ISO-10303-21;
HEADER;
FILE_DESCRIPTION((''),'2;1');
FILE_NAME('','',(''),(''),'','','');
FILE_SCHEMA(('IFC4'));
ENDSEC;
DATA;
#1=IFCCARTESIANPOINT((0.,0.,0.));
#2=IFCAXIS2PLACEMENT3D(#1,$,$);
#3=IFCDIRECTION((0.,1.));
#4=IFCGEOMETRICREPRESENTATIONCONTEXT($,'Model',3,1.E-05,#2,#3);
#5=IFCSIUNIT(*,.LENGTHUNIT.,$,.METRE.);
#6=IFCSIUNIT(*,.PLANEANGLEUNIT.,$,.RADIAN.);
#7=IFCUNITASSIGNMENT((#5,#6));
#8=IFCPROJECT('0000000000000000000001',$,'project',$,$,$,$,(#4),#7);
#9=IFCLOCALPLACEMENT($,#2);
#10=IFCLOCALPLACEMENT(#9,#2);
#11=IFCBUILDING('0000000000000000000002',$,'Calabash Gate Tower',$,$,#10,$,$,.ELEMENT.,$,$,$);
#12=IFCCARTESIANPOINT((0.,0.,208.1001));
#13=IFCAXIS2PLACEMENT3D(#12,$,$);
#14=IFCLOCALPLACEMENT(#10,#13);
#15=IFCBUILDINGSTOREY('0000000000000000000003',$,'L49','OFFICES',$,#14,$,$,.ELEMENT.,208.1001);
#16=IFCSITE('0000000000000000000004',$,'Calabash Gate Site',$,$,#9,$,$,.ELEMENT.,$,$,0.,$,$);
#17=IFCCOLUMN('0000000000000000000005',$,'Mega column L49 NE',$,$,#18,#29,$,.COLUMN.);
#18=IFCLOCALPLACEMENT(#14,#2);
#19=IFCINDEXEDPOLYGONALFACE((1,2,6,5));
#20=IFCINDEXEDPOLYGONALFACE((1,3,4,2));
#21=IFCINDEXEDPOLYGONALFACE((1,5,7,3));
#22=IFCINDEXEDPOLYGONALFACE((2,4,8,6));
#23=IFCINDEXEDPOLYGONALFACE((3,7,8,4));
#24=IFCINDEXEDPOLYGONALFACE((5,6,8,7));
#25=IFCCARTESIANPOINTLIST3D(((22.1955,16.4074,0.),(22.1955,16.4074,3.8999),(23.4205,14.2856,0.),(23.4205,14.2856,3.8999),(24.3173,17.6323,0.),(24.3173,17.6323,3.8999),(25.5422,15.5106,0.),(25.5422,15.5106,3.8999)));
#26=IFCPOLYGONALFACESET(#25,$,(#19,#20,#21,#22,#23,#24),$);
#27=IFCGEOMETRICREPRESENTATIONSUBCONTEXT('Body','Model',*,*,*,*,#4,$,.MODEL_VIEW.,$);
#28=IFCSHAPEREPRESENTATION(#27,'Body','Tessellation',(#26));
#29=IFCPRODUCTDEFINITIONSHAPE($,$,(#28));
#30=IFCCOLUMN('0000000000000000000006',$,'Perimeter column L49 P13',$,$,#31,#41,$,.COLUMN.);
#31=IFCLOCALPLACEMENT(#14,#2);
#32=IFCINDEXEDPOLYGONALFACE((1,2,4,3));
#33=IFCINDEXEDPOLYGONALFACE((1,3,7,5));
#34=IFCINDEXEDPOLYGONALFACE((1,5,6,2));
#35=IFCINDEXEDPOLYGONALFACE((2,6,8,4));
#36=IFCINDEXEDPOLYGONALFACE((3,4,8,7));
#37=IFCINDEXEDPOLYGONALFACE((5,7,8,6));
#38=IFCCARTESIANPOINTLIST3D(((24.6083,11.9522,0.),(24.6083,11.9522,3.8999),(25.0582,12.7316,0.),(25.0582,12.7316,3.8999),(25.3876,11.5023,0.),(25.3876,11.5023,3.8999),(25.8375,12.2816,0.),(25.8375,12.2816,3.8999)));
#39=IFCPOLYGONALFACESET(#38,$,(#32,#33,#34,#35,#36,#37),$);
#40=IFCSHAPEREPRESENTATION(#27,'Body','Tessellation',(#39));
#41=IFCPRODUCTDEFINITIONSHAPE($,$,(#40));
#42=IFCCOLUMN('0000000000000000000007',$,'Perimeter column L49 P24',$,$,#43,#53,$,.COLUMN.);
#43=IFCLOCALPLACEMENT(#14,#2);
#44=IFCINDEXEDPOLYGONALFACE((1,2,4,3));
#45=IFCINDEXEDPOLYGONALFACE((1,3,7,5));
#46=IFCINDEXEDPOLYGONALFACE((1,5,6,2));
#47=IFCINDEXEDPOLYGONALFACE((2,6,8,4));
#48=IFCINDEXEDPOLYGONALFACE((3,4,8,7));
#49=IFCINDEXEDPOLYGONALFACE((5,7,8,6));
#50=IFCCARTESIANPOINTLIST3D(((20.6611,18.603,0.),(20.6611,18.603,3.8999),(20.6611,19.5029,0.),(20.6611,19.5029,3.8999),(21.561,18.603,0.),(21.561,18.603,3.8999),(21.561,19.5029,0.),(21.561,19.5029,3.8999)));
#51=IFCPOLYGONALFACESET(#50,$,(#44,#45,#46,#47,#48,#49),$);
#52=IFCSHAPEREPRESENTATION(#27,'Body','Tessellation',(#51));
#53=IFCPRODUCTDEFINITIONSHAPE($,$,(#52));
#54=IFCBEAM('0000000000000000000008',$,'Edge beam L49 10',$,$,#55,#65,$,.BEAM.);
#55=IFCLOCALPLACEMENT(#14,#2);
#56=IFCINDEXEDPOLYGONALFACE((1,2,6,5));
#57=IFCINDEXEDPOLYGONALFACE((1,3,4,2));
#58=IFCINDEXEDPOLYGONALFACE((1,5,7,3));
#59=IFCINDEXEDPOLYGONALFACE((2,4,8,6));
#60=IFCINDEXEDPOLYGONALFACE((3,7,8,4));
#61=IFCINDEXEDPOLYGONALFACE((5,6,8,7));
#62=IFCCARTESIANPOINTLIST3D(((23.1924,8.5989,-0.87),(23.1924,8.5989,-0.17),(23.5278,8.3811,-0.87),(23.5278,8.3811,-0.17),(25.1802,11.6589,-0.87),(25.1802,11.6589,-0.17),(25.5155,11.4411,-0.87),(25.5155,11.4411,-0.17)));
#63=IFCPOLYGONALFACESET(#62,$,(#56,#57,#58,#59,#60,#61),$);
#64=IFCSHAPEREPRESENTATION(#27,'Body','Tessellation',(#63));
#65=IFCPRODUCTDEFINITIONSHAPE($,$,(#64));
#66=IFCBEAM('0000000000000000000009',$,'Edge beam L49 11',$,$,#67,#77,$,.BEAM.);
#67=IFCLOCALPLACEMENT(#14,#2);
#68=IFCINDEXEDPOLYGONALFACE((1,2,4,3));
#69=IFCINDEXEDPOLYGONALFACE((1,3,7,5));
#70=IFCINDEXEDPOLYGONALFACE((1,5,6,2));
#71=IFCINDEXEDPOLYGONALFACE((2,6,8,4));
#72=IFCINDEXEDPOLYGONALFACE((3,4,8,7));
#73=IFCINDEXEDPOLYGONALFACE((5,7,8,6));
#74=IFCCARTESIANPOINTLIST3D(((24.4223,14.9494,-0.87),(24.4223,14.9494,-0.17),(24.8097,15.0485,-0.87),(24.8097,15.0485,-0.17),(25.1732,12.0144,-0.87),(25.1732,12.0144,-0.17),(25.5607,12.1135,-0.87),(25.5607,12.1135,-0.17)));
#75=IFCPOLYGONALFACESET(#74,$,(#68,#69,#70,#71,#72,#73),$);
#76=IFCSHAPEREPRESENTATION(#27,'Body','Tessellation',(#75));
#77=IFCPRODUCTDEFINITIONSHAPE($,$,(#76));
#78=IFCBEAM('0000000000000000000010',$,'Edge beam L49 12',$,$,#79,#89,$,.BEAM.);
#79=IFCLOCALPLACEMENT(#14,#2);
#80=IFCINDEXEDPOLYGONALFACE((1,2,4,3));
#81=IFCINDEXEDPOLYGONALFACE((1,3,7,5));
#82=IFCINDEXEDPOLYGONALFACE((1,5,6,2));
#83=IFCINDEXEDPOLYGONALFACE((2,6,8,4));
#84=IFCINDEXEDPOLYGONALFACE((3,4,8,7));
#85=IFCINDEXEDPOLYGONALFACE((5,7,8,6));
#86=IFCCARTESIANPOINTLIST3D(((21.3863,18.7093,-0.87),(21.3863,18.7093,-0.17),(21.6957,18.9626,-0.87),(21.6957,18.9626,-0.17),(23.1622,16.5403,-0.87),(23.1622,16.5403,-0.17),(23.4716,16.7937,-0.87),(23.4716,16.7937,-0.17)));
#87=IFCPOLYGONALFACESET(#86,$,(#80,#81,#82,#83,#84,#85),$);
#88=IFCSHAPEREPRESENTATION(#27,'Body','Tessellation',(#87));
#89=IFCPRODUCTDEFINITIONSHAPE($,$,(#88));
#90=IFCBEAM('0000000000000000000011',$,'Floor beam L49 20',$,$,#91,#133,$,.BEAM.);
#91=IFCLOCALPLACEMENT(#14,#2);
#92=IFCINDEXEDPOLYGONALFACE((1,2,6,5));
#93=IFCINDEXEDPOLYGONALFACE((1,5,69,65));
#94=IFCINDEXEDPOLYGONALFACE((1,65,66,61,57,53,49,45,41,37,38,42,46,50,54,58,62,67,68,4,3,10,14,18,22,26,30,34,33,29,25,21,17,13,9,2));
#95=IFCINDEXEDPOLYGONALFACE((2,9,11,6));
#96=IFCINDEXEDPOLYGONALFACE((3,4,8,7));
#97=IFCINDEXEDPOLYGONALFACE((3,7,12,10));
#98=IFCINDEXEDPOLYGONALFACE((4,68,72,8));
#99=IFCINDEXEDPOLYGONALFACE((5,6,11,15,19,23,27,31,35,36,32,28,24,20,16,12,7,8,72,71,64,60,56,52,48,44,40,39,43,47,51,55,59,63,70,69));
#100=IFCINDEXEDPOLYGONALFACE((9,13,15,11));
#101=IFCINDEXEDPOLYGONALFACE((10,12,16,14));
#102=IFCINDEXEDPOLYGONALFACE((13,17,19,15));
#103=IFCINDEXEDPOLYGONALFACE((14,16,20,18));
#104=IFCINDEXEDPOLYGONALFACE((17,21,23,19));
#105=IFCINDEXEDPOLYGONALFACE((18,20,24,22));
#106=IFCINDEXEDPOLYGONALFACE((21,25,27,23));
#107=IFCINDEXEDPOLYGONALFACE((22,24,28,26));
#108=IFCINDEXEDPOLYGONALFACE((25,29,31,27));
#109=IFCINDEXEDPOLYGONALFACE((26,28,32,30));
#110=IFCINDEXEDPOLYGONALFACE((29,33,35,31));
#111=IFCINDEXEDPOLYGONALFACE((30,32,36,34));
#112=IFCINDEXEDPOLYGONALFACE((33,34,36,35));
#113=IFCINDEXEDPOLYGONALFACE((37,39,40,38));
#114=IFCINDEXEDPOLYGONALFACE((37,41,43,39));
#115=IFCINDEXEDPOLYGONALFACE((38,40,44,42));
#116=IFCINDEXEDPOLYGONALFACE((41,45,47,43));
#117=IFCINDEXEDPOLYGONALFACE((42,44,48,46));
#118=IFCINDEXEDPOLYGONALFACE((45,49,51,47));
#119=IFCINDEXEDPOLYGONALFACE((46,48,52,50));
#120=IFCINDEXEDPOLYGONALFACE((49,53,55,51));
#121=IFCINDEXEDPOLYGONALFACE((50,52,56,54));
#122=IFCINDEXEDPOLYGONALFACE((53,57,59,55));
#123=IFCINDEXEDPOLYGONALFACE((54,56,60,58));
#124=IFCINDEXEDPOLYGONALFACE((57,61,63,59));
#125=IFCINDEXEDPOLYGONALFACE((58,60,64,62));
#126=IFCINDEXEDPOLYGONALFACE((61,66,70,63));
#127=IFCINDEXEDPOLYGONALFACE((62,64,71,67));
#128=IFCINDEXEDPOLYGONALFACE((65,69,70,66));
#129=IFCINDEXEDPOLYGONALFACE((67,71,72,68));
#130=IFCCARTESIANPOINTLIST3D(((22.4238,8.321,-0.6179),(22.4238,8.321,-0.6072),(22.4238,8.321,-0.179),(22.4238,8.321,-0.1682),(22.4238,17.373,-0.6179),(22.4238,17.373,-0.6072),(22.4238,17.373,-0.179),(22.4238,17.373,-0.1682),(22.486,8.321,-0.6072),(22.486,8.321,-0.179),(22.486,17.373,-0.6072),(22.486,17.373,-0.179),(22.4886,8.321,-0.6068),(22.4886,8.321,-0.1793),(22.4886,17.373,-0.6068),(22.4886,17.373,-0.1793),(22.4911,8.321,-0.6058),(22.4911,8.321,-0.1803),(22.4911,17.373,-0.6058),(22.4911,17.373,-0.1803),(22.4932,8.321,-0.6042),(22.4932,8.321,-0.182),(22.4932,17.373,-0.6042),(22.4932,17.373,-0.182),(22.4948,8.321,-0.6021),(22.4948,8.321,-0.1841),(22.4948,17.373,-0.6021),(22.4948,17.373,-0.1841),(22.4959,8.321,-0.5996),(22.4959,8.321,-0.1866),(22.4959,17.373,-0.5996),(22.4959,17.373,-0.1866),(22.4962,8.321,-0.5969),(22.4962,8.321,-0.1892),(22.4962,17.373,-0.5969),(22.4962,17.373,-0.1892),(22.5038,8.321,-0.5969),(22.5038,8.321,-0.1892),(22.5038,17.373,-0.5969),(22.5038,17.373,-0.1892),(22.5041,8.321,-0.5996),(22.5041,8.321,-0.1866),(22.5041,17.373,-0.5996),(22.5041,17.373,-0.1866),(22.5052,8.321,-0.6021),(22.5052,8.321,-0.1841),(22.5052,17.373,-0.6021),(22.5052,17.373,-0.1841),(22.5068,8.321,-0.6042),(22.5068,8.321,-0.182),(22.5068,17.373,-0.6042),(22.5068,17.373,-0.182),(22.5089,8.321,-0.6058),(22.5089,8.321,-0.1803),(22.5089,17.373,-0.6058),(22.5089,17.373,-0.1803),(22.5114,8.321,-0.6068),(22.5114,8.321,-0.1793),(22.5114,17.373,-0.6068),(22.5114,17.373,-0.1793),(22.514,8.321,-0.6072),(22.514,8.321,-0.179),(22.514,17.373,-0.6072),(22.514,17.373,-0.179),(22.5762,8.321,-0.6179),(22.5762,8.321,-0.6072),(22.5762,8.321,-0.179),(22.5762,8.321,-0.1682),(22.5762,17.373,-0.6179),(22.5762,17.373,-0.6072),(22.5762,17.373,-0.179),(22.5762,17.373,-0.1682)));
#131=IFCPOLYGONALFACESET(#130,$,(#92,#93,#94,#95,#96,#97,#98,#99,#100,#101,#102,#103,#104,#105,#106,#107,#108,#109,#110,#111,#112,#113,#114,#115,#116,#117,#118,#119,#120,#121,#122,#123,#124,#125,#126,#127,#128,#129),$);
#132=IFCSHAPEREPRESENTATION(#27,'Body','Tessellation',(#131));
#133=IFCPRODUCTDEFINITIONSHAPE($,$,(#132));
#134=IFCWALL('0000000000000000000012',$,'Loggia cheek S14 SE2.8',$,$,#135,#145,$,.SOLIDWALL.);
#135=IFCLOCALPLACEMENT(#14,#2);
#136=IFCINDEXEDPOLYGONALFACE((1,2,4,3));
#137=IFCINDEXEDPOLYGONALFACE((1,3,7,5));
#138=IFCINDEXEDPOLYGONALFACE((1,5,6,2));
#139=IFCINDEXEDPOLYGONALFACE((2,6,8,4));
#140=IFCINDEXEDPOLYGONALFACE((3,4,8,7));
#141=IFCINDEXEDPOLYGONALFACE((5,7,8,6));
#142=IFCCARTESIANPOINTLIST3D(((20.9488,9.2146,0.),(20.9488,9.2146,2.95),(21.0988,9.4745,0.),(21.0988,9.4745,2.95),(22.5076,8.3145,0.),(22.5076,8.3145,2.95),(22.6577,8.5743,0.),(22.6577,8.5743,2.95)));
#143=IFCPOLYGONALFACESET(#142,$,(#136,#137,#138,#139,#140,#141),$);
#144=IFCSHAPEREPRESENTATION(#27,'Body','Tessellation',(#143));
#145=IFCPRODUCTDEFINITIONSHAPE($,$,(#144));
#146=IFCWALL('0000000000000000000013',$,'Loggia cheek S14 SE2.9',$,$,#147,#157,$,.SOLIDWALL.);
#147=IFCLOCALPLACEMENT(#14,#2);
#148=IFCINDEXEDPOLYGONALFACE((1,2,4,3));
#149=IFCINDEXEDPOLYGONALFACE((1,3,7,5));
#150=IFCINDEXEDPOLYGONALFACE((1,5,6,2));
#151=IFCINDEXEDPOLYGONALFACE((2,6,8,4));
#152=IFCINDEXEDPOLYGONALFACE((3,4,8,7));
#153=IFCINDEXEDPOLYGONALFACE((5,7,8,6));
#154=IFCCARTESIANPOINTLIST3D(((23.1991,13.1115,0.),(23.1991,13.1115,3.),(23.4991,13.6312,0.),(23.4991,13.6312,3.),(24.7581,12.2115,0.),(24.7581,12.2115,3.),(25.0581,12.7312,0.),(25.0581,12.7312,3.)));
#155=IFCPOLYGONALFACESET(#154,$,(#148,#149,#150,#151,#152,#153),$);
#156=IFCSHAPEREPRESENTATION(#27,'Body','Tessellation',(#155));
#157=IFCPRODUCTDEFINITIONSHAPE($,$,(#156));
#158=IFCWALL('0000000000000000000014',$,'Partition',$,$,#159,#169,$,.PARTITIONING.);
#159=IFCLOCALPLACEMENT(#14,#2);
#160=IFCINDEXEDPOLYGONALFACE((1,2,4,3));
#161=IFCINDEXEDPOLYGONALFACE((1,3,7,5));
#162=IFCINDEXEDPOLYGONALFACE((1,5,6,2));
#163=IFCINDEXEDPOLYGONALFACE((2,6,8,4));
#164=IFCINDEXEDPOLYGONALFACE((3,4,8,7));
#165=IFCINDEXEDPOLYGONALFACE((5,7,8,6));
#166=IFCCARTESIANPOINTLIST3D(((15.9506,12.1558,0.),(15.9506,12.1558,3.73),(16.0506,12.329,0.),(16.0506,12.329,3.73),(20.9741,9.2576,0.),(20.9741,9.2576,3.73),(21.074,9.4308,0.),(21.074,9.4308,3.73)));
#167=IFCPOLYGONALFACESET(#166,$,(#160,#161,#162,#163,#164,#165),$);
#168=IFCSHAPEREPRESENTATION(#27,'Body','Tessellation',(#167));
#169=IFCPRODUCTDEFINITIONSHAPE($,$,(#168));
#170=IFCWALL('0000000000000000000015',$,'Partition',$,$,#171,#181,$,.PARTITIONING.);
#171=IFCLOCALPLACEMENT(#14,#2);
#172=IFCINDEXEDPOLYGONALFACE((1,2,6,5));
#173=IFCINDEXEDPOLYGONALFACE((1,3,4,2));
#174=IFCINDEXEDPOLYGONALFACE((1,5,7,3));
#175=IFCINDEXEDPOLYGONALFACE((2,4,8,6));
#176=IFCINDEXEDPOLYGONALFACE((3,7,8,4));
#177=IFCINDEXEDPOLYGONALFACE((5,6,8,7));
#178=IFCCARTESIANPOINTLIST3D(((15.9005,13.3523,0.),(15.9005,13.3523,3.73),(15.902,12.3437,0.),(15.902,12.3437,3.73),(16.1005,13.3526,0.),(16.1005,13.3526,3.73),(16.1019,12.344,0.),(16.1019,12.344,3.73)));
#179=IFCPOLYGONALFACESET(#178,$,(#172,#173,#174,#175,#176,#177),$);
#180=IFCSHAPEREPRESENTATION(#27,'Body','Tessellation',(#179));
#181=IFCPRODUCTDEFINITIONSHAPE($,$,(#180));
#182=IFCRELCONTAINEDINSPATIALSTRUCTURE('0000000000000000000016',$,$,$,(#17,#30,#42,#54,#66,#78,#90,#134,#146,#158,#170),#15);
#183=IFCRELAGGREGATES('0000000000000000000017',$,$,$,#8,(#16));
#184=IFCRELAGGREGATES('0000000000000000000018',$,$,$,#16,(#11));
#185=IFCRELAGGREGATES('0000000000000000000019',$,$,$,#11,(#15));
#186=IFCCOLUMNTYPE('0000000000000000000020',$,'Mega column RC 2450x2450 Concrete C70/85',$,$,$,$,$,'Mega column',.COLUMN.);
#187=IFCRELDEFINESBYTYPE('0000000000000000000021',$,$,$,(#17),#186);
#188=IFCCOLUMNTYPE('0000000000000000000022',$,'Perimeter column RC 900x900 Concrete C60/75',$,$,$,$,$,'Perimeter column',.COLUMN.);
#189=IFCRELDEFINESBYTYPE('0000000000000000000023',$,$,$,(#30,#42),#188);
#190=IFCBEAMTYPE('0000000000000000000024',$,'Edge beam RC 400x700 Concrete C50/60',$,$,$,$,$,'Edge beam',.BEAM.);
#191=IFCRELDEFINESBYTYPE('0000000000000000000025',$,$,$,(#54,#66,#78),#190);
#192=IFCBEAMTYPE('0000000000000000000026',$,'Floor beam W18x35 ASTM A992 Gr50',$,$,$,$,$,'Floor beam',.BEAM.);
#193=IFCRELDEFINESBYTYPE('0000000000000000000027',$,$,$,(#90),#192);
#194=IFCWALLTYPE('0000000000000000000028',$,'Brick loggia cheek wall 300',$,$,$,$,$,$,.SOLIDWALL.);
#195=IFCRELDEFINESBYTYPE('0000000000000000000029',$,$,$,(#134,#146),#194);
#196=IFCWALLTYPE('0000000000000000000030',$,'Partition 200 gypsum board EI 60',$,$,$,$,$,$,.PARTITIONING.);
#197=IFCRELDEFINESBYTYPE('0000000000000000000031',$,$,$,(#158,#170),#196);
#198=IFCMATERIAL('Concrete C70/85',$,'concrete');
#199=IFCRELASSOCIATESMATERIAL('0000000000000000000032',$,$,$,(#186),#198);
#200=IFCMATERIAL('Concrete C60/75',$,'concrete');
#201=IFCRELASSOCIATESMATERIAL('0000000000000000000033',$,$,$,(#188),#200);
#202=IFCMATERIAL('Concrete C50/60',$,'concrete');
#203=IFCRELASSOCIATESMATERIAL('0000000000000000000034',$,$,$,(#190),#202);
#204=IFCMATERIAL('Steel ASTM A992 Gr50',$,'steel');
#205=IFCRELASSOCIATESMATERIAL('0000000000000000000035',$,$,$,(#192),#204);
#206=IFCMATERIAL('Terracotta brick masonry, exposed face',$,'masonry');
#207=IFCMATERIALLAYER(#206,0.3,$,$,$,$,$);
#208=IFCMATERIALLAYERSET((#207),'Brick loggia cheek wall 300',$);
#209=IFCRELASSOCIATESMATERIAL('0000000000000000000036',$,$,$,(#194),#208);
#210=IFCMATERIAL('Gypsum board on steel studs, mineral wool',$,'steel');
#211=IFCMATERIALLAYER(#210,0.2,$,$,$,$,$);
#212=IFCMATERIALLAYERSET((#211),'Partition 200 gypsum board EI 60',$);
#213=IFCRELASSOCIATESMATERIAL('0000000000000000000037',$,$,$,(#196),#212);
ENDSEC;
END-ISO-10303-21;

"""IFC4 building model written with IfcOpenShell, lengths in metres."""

from ifc_helpers import new_model, si_unit, direction, frame, frame_2d, origin, origin_2d, place, context, subcontext, project, spatial, rectangle, i_section, extrude, material, layer, layer_set, material_profile, profile_set, type_object, element, save


model = new_model("IFC4")

# Units and contexts
model_context = context("Model", 3, precision=1e-05, world=origin(), true_north=direction((0.0, 1.0)))
body_context = subcontext(model_context, "Body", "Model", "MODEL_VIEW")
ifc_project = project(units=[si_unit("LENGTHUNIT", "METRE"), si_unit("PLANEANGLEUNIT", "RADIAN")], contexts=[model_context])

# Site, building, storey
site_placement = place(None, origin())
site = spatial("IfcSite", under=ifc_project, at=site_placement, Name="Calabash Gate Site", CompositionType="ELEMENT", RefElevation=0.0)
building_placement = place(site_placement, origin())
building = spatial("IfcBuilding", under=site, at=building_placement, Name="Calabash Gate Tower", CompositionType="ELEMENT")
storey_placement = place(building_placement, frame((0.0, 0.0, 208.1001)))
storey = spatial("IfcBuildingStorey", under=building, at=storey_placement, Name="L49", Description="OFFICES", CompositionType="ELEMENT", Elevation=208.1001)

# Columns
ifc_material_1 = material(Name="Concrete C70/85", Category="concrete")
ifc_material_profile_1 = material_profile(ifc_material_1, rectangle(XDim=2.45, YDim=2.45, at=origin_2d()))
ifc_profile_set_1 = profile_set([ifc_material_profile_1], Name="Concrete C70/85")
column_type_1 = type_object("IfcColumnType", Name="Mega column RC 2450x2450 Concrete C70/85", ElementType="Mega column", PredefinedType="COLUMN", material=ifc_profile_set_1)
column_placement = place(storey_placement, frame((23.8689, 15.959, 0.0), z_axis=(0.0, 0.0, 1.0), x_axis=(-0.866025, -0.5, 0.0)))
element("IfcColumn", 1, at=column_placement, inside=storey, type_object=column_type_1, Name="Mega column L49 NE", PredefinedType="COLUMN", context=body_context, shape_type="SweptSolid", body=[
    extrude(rectangle(XDim=2.45, YDim=2.45, at=origin_2d()), origin(), (0.0, 0.0, 1.0), 3.8999),
])
ifc_material_2 = material(Name="Concrete C60/75", Category="concrete")
ifc_material_profile_2 = material_profile(ifc_material_2, rectangle(XDim=0.8999, YDim=0.8999, at=origin_2d()))
ifc_profile_set_2 = profile_set([ifc_material_profile_2], Name="Concrete C60/75")
column_type_2 = type_object("IfcColumnType", Name="Perimeter column RC 900x900 Concrete C60/75", ElementType="Perimeter column", PredefinedType="COLUMN", material=ifc_profile_set_2)
for number, where, z_axis, x_axis, name in (
    (2, (25.2229, 12.1169, 0.0), (0.0, 0.0, 1.0), (0.5, 0.866025, 0.0), "Perimeter column L49 P13"),
    (3, (21.1111, 19.053, 0.0), (0.0, 0.0, 1.0), (-1.0, 0.0, 0.0), "Perimeter column L49 P24"),
):
    element("IfcColumn", number, at=place(storey_placement, frame(where, z_axis=z_axis, x_axis=x_axis)), inside=storey, type_object=column_type_2, Name=name, PredefinedType="COLUMN", context=body_context, shape_type="SweptSolid", body=[
        extrude(rectangle(XDim=0.8999, YDim=0.8999, at=origin_2d()), origin(), (0.0, 0.0, 1.0), 3.8999),
    ])

# Beams
ifc_material_3 = material(Name="Concrete C50/60", Category="concrete")
ifc_material_profile_3 = material_profile(ifc_material_3, rectangle(XDim=0.3999, YDim=0.7, at=origin_2d()))
ifc_profile_set_3 = profile_set([ifc_material_profile_3], Name="Concrete C50/60")
beam_type_1 = type_object("IfcBeamType", Name="Edge beam RC 400x700 Concrete C50/60", ElementType="Edge beam", PredefinedType="BEAM", material=ifc_profile_set_3)
beam_1_placement = place(storey_placement, frame((23.3601, 8.49, -0.52), z_axis=(0.544748, 0.838599, 0.0), x_axis=(-0.838599, 0.544748, 0.0)))
element("IfcBeam", 4, at=beam_1_placement, inside=storey, type_object=beam_type_1, Name="Edge beam L49 10", PredefinedType="BEAM", context=body_context, shape_type="SweptSolid", body=[
    extrude(rectangle(XDim=0.3999, YDim=0.7, at=origin_2d()), origin(), (0.0, 0.0, 1.0), 3.6489),
])
beam_2_placement = place(storey_placement, frame((25.3669, 12.064, -0.52), z_axis=(-0.247879, 0.968791, 0.0), x_axis=(-0.968791, -0.247879, 0.0)))
element("IfcBeam", 5, at=beam_2_placement, inside=storey, type_object=beam_type_1, Name="Edge beam L49 11", PredefinedType="BEAM", context=body_context, shape_type="SweptSolid", body=[
    extrude(rectangle(XDim=0.3999, YDim=0.7, at=origin_2d()), origin(), (0.0, 0.0, 1.0), 3.0295),
])
beam_3_placement = place(storey_placement, frame((23.3169, 16.667, -0.52), z_axis=(-0.633513, 0.773732, 0.0), x_axis=(-0.773732, -0.633513, 0.0)))
element("IfcBeam", 6, at=beam_3_placement, inside=storey, type_object=beam_type_1, Name="Edge beam L49 12", PredefinedType="BEAM", context=body_context, shape_type="SweptSolid", body=[
    extrude(rectangle(XDim=0.3999, YDim=0.7, at=origin_2d()), origin(), (0.0, 0.0, 1.0), 2.8032),
])
ifc_material_4 = material(Name="Steel ASTM A992 Gr50", Category="steel")
ifc_material_profile_4 = material_profile(ifc_material_4, i_section(OverallWidth=0.1523, OverallDepth=0.4497, WebThickness=0.0076, FlangeThickness=0.0107, FilletRadius=0.0103, at=origin_2d()))
ifc_profile_set_4 = profile_set([ifc_material_profile_4], Name="Steel ASTM A992 Gr50")
beam_type_2 = type_object("IfcBeamType", Name="Floor beam W18x35 ASTM A992 Gr50", ElementType="Floor beam", PredefinedType="BEAM", material=ifc_profile_set_4)
beam_4_placement = place(storey_placement, frame((22.5, 8.321, -0.3931), z_axis=(0.0, 1.0, 0.0), x_axis=(-1.0, 0.0, 0.0)))
element("IfcBeam", 7, at=beam_4_placement, inside=storey, type_object=beam_type_2, Name="Floor beam L49 20", PredefinedType="BEAM", context=body_context, shape_type="SweptSolid", body=[
    extrude(i_section(OverallWidth=0.1523, OverallDepth=0.4497, WebThickness=0.0076, FlangeThickness=0.0107, FilletRadius=0.0103, at=origin_2d()), origin(), (0.0, 0.0, 1.0), 9.052),
])

# Walls
ifc_material_5 = material(Name="Terracotta brick masonry, exposed face", Category="masonry")
ifc_layer_1 = layer(ifc_material_5, 0.3)
ifc_layer_set_1 = layer_set([ifc_layer_1], Name="Brick loggia cheek wall 300")
wall_type_1 = type_object("IfcWallType", Name="Brick loggia cheek wall 300", PredefinedType="SOLIDWALL", material=ifc_layer_set_1)
wall_1_placement = place(storey_placement, frame((21.0239, 9.3445, 0.0), z_axis=(0.0, 0.0, 1.0), x_axis=(0.865989, -0.500063, 0.0)))
element("IfcWall", 8, at=wall_1_placement, inside=storey, type_object=wall_type_1, Name="Loggia cheek S14 SE2.8", PredefinedType="SOLIDWALL", context=body_context, shape_type="SweptSolid", body=[
    extrude(rectangle(XDim=1.8, YDim=0.3, at=frame_2d((0.8999, 0.0))), origin(), (0.0, 0.0, 1.0), 2.95),
])
wall_2_placement = place(storey_placement, frame((24.908, 12.4714, 0.0), z_axis=(0.0, 0.0, 1.0), x_axis=(-0.866048, 0.499961, 0.0)))
element("IfcWall", 9, at=wall_2_placement, inside=storey, type_object=wall_type_1, Name="Loggia cheek S14 SE2.9", PredefinedType="SOLIDWALL", context=body_context, shape_type="SweptSolid", body=[
    extrude(rectangle(XDim=1.8, YDim=0.6001, at=frame_2d((0.8999, 0.0))), origin(), (0.0, 0.0, 1.0), 3.0),
])
ifc_material_6 = material(Name="Gypsum board on steel studs, mineral wool", Category="steel")
ifc_layer_2 = layer(ifc_material_6, 0.2)
ifc_layer_set_2 = layer_set([ifc_layer_2], Name="Partition 200 gypsum board EI 60")
wall_type_2 = type_object("IfcWallType", Name="Partition 200 gypsum board EI 60", PredefinedType="PARTITIONING", material=ifc_layer_set_2)
wall_3_placement = place(storey_placement, frame((16.0005, 12.2424, 0.0), z_axis=(0.0, 0.0, 1.0), x_axis=(0.866181, -0.49973, 0.0)))
element("IfcWall", 10, at=wall_3_placement, inside=storey, type_object=wall_type_2, Name="Partition", PredefinedType="PARTITIONING", context=body_context, shape_type="SweptSolid", body=[
    extrude(rectangle(XDim=5.7996, YDim=0.2, at=frame_2d((2.8999, 0.0))), origin(), (0.0, 0.0, 1.0), 3.73),
])
wall_4_placement = place(storey_placement, frame((16.0005, 13.3525, 0.0), z_axis=(0.0, 0.0, 1.0), x_axis=(0.001452, -0.999999, 0.0)))
element("IfcWall", 11, at=wall_4_placement, inside=storey, type_object=wall_type_2, Name="Partition", PredefinedType="PARTITIONING", context=body_context, shape_type="SweptSolid", body=[
    extrude(rectangle(XDim=1.0085, YDim=0.2, at=frame_2d((0.5044, 0.0))), origin(), (0.0, 0.0, 1.0), 3.73),
])

save(model, "model.ifc")
